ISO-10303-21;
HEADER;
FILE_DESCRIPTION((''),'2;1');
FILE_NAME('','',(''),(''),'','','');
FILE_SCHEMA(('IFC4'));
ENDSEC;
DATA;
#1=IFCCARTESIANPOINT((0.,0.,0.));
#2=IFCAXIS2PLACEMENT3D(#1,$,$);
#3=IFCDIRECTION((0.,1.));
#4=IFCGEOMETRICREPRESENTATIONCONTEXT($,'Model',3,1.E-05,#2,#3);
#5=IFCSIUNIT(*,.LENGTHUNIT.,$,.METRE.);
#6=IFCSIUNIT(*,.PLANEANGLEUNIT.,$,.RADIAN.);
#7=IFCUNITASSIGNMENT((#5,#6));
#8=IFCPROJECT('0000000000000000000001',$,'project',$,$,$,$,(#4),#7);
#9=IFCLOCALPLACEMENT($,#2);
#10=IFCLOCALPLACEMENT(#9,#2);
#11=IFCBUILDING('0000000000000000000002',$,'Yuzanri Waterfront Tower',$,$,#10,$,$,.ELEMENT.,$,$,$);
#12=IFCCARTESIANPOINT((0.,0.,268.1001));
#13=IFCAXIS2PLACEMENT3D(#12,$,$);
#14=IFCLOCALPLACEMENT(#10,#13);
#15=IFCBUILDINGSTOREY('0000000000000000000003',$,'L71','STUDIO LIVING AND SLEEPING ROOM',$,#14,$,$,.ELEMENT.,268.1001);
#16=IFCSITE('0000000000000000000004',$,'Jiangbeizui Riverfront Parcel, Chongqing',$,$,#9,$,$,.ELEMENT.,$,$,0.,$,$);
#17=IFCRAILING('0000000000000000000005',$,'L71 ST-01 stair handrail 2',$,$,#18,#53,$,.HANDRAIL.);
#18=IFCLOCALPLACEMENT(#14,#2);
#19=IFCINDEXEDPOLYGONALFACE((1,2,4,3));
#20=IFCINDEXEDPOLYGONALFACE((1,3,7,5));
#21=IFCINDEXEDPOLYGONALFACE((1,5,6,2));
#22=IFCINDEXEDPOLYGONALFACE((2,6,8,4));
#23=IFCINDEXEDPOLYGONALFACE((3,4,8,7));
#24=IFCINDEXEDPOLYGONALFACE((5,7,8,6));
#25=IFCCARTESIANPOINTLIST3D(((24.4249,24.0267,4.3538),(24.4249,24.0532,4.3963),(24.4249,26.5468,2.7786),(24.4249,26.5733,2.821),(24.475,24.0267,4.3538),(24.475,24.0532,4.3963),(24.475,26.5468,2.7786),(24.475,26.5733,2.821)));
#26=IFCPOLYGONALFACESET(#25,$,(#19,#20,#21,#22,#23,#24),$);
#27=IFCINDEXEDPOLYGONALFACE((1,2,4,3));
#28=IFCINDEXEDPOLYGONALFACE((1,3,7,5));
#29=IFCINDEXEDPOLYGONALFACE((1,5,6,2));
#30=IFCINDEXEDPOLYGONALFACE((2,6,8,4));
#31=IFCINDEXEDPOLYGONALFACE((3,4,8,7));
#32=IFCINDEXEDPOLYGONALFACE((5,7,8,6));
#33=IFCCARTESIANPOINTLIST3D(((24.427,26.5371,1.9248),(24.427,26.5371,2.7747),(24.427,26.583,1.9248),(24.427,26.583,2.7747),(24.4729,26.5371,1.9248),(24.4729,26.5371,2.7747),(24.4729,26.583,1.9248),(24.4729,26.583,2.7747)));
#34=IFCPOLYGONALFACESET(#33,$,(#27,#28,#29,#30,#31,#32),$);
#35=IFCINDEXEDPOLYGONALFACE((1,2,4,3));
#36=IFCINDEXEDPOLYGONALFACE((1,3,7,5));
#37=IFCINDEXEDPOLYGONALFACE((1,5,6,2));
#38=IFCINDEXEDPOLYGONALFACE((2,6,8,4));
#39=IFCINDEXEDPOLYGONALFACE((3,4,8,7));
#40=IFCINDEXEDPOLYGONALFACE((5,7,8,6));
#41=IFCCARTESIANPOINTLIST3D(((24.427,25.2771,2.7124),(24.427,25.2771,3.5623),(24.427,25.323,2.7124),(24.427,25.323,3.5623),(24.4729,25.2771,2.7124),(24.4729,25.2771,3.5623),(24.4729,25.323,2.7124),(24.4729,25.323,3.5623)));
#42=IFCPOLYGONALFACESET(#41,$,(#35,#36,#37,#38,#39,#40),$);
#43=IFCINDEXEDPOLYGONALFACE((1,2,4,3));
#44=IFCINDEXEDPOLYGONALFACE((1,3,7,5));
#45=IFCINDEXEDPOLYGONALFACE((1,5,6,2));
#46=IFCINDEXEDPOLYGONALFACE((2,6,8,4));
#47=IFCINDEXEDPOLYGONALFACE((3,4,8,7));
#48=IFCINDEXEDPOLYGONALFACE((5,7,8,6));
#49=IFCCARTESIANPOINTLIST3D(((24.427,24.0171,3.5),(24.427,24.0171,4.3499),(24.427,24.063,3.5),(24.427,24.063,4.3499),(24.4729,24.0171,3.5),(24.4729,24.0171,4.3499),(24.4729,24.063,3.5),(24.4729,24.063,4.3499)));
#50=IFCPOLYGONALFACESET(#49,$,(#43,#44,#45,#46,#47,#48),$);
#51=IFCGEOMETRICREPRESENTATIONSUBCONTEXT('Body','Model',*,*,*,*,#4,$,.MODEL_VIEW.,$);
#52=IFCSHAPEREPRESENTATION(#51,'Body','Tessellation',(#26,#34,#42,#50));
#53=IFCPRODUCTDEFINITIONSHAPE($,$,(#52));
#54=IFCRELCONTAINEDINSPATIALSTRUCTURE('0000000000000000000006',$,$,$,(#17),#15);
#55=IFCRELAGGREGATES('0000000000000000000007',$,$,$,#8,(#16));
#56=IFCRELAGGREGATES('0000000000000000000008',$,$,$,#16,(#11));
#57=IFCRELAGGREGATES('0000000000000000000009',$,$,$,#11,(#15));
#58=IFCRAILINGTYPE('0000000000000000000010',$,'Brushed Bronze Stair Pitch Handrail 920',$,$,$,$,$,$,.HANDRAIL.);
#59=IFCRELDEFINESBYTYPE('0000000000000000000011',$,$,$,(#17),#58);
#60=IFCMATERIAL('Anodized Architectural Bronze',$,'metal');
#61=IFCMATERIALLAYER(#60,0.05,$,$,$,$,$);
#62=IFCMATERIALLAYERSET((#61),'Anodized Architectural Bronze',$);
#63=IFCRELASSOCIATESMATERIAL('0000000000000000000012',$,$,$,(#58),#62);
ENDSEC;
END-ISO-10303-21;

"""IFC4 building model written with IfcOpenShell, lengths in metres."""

from ifc_helpers import new_model, si_unit, direction, frame, origin, origin_2d, place, context, subcontext, project, spatial, rectangle, extrude, source, transform, mapped, material, layer, layer_set, type_object, element, save


model = new_model("IFC4")

# Units and contexts
model_context = context("Model", 3, precision=1e-05, world=origin(), true_north=direction((0.0, 1.0)))
body_context = subcontext(model_context, "Body", "Model", "MODEL_VIEW")
ifc_project = project(units=[si_unit("LENGTHUNIT", "METRE"), si_unit("PLANEANGLEUNIT", "RADIAN")], contexts=[model_context])

# Site, building, storey
site_placement = place(None, origin())
site = spatial("IfcSite", under=ifc_project, at=site_placement, Name="Jiangbeizui Riverfront Parcel, Chongqing", CompositionType="ELEMENT", RefElevation=0.0)
building_placement = place(site_placement, origin())
building = spatial("IfcBuilding", under=site, at=building_placement, Name="Yuzanri Waterfront Tower", CompositionType="ELEMENT")
storey_placement = place(building_placement, frame((0.0, 0.0, 268.1001)))
storey = spatial("IfcBuildingStorey", under=building, at=storey_placement, Name="L71", Description="STUDIO LIVING AND SLEEPING ROOM", CompositionType="ELEMENT", Elevation=268.1001)

# Railing
ifc_material_1 = material(Name="Anodized Architectural Bronze", Category="metal")
ifc_layer_1 = layer(ifc_material_1, 0.05)
ifc_layer_set_1 = layer_set([ifc_layer_1], Name="Anodized Architectural Bronze")
railing_type_1 = type_object("IfcRailingType", Name="Brushed Bronze Stair Pitch Handrail 920", PredefinedType="HANDRAIL", material=ifc_layer_set_1)
shared_shape_1 = source(origin(), body_context, "Body", "SweptSolid", [
    extrude(rectangle(XDim=0.05, YDim=0.05, at=origin_2d()), frame((0.0, 0.0, 0.875), z_axis=(0.0, -0.847971, 0.530043), x_axis=(1.0, 0.0, 0.0)), (0.0, 0.0, 1.0), 2.9719),
    extrude(rectangle(XDim=0.0459, YDim=0.0459, at=origin_2d()), origin(), (0.0, 0.0, 1.0), 0.8499),
    extrude(rectangle(XDim=0.0459, YDim=0.0459, at=origin_2d()), frame((0.0, -1.26, 0.7876)), (0.0, 0.0, 1.0), 0.8499),
    extrude(rectangle(XDim=0.0459, YDim=0.0459, at=origin_2d()), frame((0.0, -2.52, 1.5752)), (0.0, 0.0, 1.0), 0.8499),
])
railing_1_placement = place(storey_placement, frame((24.45, 26.5601, 1.9248)))
element("IfcRailing", 1, at=railing_1_placement, inside=storey, type_object=railing_type_1, Name="L71 ST-01 stair handrail 2", PredefinedType="HANDRAIL", context=body_context, shape_type="MappedRepresentation", body=[
    mapped(shared_shape_1, transform((0.0, 0.0, 0.0), scale=1.0)),
])

save(model, "model.ifc")
